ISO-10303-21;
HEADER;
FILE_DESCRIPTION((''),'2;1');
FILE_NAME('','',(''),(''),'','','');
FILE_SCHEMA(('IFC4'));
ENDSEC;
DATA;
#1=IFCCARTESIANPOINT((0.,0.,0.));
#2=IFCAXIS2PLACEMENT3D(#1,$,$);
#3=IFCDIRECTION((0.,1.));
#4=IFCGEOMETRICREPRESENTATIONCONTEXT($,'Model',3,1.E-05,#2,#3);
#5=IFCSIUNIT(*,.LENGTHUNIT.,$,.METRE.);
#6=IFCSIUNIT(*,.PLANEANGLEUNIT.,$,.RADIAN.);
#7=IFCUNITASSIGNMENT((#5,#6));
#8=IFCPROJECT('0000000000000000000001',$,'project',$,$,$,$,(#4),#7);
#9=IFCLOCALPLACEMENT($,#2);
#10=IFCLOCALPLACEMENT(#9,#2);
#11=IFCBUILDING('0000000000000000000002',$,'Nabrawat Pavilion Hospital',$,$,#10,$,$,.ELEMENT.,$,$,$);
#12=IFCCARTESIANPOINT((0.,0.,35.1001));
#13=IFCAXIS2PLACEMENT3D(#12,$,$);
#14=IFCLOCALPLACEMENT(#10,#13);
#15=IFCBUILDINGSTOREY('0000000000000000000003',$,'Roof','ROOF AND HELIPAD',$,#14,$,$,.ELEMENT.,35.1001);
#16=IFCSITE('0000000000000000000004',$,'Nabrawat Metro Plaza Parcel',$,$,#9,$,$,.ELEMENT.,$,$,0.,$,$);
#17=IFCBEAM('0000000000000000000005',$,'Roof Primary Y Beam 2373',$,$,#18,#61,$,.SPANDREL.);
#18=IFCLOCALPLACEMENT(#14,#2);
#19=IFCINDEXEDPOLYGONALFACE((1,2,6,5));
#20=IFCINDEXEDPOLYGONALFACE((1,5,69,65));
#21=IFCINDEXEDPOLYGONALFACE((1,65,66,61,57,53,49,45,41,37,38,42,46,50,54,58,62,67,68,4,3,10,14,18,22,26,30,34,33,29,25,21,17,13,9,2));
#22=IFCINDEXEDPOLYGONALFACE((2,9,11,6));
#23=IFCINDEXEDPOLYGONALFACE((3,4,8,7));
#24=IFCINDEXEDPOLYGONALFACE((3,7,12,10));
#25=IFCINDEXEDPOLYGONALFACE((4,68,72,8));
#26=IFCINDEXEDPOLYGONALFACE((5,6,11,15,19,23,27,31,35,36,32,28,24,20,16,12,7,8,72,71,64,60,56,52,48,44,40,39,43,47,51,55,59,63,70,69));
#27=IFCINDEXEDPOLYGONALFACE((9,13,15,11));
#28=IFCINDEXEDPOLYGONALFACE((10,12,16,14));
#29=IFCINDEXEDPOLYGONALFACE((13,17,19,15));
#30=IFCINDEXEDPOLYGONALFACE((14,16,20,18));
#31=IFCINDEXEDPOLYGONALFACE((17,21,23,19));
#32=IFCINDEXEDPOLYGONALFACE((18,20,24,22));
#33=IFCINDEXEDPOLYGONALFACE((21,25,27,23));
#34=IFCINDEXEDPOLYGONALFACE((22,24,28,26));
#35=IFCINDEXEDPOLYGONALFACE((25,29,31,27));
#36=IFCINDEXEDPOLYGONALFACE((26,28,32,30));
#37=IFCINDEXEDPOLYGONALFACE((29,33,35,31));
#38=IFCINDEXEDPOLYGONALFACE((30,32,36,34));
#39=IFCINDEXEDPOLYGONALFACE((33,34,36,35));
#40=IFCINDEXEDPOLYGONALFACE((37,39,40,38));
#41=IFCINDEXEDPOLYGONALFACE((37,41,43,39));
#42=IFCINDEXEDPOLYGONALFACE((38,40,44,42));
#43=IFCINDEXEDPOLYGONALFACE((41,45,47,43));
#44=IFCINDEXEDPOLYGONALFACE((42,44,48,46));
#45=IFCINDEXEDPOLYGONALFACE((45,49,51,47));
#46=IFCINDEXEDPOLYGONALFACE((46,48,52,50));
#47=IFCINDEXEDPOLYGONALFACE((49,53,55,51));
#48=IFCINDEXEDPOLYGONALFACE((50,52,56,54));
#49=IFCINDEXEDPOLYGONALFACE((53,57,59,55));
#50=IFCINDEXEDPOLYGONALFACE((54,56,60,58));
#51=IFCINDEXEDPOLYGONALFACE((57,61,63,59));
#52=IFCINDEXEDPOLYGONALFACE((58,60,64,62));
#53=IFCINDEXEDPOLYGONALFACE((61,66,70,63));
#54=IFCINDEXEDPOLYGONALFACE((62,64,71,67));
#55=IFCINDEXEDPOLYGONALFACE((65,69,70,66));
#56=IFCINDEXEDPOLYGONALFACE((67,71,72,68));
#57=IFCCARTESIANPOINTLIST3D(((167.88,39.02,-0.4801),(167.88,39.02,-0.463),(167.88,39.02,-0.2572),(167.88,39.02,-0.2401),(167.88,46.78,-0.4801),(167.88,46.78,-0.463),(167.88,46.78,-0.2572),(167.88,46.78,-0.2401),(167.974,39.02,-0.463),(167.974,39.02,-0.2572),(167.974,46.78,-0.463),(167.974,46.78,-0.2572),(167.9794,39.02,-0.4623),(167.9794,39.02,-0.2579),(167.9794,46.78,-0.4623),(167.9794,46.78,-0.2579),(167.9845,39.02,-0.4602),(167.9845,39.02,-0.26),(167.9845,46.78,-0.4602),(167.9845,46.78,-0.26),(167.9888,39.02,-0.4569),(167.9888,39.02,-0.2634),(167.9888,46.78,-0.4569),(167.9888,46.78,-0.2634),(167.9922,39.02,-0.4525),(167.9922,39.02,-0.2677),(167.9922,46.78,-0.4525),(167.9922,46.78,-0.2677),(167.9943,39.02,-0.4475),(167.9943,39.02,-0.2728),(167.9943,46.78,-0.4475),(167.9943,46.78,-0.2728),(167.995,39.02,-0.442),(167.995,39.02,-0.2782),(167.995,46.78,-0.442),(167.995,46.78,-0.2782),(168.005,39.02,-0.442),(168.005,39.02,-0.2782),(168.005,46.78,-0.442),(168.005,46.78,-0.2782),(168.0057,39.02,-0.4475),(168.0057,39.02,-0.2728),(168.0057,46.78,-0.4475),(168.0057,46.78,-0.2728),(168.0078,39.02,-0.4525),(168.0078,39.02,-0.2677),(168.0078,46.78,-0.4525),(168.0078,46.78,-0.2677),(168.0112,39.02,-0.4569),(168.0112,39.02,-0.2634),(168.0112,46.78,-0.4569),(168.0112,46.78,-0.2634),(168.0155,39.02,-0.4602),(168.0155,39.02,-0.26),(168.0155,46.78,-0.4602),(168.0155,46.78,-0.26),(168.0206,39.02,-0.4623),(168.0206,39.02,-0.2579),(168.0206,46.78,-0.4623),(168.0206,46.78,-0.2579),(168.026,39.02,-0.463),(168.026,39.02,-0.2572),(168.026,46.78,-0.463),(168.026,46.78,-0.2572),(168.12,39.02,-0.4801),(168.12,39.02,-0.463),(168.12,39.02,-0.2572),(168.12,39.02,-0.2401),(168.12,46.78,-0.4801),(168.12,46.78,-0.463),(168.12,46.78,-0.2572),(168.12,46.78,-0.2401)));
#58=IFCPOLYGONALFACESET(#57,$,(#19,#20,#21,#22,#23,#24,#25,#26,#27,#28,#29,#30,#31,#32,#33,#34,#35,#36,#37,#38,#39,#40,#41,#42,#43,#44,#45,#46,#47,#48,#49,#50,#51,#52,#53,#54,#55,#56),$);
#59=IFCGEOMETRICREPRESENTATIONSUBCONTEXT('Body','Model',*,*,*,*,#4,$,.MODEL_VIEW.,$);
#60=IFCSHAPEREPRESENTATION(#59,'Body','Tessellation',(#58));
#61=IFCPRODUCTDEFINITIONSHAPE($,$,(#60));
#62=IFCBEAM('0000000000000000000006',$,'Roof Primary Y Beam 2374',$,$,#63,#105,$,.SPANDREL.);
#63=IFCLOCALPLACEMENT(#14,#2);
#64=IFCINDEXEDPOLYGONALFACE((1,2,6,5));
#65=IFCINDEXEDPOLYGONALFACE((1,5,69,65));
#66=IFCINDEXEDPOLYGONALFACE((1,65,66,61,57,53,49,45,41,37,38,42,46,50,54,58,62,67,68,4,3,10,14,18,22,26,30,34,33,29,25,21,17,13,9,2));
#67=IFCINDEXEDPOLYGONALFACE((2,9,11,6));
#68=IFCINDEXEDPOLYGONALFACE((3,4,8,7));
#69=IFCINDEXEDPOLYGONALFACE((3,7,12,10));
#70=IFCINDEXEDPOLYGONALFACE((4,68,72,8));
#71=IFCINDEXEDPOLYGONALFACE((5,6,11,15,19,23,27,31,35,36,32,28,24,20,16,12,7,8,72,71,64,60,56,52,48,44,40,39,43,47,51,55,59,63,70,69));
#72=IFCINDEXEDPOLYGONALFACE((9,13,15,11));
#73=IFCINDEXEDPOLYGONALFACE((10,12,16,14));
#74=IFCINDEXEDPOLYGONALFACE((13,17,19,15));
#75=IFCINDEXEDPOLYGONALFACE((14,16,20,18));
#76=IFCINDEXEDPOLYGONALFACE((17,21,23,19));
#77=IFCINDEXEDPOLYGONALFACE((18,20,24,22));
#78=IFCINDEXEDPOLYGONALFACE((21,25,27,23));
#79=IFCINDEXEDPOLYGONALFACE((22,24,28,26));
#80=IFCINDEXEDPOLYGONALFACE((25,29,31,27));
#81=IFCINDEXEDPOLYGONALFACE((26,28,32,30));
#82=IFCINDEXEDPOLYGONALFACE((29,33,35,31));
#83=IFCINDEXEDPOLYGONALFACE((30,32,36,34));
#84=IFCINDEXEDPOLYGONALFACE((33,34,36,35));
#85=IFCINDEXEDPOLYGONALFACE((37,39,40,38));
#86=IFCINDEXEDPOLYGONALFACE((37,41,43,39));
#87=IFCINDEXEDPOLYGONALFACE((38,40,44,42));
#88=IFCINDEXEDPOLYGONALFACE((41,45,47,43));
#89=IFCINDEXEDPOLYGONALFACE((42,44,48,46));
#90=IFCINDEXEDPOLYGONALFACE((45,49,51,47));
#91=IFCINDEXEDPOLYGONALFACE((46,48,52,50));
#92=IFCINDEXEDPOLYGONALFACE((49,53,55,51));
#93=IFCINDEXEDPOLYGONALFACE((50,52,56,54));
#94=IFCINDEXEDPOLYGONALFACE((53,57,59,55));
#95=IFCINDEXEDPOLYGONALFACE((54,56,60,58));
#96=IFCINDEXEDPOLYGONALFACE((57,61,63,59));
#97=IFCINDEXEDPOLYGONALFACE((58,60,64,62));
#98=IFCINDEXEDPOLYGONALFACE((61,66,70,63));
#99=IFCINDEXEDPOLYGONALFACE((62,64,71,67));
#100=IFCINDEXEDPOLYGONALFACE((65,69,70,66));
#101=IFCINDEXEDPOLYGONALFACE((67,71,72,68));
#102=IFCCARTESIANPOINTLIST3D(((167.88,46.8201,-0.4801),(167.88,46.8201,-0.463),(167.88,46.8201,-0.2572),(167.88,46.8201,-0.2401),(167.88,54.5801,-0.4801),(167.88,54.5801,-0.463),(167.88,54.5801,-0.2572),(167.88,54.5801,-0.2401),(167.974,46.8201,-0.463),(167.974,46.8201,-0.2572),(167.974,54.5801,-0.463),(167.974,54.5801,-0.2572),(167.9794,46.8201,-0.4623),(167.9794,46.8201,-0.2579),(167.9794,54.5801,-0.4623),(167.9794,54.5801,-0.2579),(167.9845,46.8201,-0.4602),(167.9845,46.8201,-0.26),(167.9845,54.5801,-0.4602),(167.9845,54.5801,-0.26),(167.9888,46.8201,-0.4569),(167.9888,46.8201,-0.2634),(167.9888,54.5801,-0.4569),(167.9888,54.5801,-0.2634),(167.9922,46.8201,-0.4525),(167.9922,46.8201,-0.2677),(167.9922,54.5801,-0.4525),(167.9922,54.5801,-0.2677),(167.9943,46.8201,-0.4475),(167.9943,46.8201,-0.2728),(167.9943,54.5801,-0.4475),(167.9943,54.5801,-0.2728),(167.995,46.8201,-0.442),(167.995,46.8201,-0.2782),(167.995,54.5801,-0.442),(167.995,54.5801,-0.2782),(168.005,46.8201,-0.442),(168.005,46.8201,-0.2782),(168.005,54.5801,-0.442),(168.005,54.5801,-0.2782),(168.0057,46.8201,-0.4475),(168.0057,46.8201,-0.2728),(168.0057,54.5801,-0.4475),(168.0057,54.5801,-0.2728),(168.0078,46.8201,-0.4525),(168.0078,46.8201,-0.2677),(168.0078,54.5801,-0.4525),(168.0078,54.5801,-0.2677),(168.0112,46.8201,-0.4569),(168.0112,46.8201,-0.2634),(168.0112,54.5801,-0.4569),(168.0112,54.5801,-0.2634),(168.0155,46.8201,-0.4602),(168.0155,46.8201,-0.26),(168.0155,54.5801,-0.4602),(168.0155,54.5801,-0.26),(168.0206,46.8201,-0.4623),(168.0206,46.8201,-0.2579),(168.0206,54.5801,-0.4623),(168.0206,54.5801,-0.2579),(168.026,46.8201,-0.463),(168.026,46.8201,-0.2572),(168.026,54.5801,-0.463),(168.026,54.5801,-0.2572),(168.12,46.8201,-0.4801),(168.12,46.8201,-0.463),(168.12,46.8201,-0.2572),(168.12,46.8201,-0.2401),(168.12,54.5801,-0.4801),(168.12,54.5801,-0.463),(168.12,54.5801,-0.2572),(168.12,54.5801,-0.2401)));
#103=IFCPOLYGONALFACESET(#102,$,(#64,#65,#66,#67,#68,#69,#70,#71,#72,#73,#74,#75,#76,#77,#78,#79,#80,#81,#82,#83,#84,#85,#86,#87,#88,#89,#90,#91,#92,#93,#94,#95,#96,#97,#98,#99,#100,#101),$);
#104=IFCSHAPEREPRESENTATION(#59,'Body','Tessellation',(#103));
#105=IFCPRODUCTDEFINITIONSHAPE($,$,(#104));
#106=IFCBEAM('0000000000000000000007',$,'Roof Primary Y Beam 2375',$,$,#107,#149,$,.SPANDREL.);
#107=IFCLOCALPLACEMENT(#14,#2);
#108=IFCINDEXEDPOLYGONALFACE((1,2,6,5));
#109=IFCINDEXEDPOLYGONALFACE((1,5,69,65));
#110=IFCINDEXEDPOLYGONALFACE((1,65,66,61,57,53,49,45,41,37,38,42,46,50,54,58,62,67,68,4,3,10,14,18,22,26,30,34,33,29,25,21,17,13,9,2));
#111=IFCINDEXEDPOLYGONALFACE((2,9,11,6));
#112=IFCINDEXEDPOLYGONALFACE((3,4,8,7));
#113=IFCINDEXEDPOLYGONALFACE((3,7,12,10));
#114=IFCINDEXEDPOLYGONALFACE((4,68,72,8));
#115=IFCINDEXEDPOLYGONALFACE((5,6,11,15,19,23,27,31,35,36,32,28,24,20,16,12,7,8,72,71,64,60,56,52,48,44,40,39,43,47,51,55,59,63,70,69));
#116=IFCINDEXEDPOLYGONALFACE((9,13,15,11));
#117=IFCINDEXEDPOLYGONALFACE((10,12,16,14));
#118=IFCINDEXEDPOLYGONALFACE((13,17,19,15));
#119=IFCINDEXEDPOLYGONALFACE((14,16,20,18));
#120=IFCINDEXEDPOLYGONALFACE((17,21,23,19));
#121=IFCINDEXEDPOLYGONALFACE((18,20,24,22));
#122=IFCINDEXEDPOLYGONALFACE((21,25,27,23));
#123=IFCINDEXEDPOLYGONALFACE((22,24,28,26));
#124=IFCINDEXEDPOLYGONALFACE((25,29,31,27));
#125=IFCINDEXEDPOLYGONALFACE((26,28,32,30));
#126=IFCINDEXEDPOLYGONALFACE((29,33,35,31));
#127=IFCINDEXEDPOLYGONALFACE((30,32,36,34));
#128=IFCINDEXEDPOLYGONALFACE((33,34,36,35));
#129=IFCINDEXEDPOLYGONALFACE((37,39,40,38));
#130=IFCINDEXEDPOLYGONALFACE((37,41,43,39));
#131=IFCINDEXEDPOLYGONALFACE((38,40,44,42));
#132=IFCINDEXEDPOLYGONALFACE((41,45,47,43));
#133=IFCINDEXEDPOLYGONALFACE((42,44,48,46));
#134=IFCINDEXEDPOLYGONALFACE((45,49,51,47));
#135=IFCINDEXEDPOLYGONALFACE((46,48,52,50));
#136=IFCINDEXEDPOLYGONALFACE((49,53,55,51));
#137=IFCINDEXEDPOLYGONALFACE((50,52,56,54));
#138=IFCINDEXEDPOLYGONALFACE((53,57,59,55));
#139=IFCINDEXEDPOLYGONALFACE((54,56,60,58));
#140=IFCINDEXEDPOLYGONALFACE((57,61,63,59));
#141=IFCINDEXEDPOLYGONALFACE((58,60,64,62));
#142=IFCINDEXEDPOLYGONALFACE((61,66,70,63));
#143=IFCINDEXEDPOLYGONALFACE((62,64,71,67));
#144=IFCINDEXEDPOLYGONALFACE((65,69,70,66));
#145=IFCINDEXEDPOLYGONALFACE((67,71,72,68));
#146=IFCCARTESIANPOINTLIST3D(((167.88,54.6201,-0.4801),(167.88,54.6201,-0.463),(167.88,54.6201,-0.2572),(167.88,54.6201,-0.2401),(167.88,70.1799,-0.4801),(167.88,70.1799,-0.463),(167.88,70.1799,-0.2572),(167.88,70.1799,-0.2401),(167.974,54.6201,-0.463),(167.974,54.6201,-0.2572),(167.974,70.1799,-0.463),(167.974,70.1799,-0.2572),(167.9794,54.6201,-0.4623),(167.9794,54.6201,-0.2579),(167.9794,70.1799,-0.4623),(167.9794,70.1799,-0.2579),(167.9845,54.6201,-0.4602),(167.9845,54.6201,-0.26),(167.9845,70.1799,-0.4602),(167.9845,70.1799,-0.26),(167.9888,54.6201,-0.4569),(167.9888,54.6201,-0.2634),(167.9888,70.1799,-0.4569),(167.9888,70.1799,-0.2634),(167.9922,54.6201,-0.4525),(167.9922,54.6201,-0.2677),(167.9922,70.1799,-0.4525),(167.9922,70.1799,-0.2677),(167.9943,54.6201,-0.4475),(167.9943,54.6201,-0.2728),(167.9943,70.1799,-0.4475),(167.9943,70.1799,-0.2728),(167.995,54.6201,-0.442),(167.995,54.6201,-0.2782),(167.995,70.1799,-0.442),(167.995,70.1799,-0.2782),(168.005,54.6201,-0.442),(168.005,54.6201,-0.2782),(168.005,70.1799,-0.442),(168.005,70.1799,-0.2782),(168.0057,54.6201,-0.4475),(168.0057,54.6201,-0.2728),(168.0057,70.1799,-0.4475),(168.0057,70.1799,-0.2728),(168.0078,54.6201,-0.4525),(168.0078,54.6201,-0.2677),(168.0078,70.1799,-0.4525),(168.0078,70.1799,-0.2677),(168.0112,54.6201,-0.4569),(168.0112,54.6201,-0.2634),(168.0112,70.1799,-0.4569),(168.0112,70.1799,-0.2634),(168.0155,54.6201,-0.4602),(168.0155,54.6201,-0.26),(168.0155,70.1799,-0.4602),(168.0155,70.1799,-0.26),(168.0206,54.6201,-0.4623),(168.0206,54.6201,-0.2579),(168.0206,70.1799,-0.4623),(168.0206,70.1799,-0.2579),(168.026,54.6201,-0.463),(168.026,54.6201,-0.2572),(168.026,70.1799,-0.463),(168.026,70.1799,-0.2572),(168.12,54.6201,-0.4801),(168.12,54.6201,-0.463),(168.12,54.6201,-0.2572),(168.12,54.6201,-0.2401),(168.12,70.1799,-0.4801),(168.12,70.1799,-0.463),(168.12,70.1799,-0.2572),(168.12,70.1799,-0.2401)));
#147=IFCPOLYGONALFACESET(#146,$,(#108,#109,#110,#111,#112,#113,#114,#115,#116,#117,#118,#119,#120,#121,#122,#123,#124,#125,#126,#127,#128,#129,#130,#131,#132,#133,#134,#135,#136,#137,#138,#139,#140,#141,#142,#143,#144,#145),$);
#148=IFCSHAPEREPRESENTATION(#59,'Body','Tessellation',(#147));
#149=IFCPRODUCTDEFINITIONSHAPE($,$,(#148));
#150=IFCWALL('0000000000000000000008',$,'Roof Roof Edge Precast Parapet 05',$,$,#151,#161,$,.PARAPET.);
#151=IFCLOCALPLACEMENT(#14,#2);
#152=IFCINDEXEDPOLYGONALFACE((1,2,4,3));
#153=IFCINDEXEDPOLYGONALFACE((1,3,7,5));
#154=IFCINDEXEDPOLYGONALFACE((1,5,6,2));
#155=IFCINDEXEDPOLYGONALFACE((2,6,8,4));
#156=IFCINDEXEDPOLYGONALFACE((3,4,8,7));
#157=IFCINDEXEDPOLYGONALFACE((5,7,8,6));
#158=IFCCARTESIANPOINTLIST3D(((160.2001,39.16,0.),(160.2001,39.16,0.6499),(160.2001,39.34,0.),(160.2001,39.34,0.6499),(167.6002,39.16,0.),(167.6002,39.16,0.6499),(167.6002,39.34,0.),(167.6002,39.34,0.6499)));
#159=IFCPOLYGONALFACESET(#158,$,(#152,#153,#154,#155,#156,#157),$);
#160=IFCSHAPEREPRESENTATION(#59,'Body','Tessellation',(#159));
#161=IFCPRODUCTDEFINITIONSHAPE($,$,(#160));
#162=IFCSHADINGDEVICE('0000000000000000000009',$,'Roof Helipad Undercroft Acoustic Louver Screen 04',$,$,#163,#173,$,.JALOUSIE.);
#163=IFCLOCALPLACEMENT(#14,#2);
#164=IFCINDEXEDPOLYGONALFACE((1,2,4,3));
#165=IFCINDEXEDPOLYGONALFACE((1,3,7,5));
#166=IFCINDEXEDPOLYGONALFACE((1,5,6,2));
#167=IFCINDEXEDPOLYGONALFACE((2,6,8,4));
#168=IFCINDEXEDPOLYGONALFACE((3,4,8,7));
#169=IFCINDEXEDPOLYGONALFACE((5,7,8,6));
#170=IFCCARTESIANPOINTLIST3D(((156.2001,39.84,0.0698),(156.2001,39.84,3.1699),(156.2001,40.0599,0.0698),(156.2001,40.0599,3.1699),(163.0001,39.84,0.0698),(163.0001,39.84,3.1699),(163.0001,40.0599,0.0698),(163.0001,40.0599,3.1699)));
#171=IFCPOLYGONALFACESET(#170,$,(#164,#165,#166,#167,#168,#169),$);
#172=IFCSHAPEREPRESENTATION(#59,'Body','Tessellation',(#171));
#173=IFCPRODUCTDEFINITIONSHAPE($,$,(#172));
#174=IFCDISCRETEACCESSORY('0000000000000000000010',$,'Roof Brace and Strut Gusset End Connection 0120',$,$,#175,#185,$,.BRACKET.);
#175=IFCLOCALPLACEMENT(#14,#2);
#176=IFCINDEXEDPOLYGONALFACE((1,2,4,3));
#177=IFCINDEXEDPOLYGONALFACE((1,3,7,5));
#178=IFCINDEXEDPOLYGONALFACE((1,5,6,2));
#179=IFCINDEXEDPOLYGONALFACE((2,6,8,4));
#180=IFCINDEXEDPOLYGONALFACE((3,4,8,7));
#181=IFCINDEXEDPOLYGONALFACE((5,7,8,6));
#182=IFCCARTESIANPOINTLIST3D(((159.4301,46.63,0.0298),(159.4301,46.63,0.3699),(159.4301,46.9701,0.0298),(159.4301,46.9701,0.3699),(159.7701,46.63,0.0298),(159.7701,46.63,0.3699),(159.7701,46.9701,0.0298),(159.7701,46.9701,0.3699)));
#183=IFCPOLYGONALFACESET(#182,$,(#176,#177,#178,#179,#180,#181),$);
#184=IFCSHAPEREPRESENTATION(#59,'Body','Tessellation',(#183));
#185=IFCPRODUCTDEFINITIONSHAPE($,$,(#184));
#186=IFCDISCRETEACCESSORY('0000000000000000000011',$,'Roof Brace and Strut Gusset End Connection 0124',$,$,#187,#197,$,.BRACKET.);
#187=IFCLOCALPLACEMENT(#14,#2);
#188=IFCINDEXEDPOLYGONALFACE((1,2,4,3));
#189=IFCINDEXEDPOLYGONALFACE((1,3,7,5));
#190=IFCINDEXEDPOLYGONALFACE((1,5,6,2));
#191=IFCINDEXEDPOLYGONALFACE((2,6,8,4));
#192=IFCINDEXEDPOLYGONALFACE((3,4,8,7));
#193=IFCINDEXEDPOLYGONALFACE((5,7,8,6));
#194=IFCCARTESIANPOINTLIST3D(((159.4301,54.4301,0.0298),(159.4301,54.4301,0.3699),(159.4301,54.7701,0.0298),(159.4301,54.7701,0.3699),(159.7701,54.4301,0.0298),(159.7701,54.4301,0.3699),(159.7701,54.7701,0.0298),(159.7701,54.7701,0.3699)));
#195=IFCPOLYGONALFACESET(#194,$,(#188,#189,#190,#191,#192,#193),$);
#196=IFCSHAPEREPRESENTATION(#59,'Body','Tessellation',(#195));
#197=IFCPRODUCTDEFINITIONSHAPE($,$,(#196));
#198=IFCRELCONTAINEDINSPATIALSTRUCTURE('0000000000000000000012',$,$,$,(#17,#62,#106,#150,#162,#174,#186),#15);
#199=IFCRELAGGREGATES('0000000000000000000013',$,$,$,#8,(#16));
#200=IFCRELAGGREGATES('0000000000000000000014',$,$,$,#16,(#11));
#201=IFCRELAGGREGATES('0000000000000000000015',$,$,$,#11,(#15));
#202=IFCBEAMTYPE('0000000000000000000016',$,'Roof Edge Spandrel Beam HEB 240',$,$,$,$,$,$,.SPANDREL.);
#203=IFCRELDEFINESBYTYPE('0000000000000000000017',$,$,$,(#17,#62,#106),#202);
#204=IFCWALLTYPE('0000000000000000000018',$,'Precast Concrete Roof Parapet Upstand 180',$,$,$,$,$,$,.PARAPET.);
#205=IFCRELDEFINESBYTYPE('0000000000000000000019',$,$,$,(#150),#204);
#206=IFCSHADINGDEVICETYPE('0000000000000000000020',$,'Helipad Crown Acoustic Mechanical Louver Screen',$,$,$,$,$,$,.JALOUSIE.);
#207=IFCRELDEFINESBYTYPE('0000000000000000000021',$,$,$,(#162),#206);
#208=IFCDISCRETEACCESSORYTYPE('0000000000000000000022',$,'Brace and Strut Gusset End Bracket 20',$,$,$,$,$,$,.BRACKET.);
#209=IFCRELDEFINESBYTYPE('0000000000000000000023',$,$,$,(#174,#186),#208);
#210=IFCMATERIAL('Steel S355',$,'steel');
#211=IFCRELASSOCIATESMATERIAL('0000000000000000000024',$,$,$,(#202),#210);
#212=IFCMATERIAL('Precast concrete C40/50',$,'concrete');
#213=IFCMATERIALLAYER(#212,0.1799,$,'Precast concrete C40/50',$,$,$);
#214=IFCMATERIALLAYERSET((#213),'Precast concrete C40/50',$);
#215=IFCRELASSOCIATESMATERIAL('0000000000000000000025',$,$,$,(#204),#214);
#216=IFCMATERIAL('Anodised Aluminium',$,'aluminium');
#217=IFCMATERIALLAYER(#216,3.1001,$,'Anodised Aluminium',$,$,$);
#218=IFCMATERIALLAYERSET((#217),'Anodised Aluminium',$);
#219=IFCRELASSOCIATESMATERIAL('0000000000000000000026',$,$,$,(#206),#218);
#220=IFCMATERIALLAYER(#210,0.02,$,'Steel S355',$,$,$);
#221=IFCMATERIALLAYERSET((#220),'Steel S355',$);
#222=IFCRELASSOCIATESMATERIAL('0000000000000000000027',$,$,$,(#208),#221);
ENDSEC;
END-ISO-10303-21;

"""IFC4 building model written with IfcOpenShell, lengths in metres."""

from ifc_helpers import new_model, si_unit, direction, frame, frame_2d, origin, origin_2d, place, context, subcontext, project, spatial, rectangle, i_section, extrude, material, layer, layer_set, material_profile, profile_set, type_object, element, save


model = new_model("IFC4")

# Units and contexts
model_context = context("Model", 3, precision=1e-05, world=origin(), true_north=direction((0.0, 1.0)))
body_context = subcontext(model_context, "Body", "Model", "MODEL_VIEW")
ifc_project = project(units=[si_unit("LENGTHUNIT", "METRE"), si_unit("PLANEANGLEUNIT", "RADIAN")], contexts=[model_context])

# Site, building, storey
site_placement = place(None, origin())
site = spatial("IfcSite", under=ifc_project, at=site_placement, Name="Nabrawat Metro Plaza Parcel", CompositionType="ELEMENT", RefElevation=0.0)
building_placement = place(site_placement, origin())
building = spatial("IfcBuilding", under=site, at=building_placement, Name="Nabrawat Pavilion Hospital", CompositionType="ELEMENT")
storey_placement = place(building_placement, frame((0.0, 0.0, 35.1001)))
storey = spatial("IfcBuildingStorey", under=building, at=storey_placement, Name="Roof", Description="ROOF AND HELIPAD", CompositionType="ELEMENT", Elevation=35.1001)

# Shared definitions
ifc_material_1 = material(Name="Steel S355", Category="steel")

# Beams
ifc_material_profile_1 = material_profile(ifc_material_1, i_section(OverallWidth=0.24, OverallDepth=0.24, WebThickness=0.01, FlangeThickness=0.0171, FilletRadius=0.021, at=origin_2d()), Name="HEB 240")
ifc_profile_set_1 = profile_set([ifc_material_profile_1], Name="Steel S355")
beam_type_1 = type_object("IfcBeamType", Name="Roof Edge Spandrel Beam HEB 240", PredefinedType="SPANDREL", material=ifc_profile_set_1)
for number, where, z_axis, x_axis, name in (
    (1, (168.0, 39.02, -0.3601), (0.0, 1.0, 0.0), (-1.0, 0.0, 0.0), "Roof Primary Y Beam 2373"),
    (2, (168.0, 46.8201, -0.3601), (0.0, 1.0, 0.0), (-1.0, 0.0, 0.0), "Roof Primary Y Beam 2374"),
):
    element("IfcBeam", number, at=place(storey_placement, frame(where, z_axis=z_axis, x_axis=x_axis)), inside=storey, type_object=beam_type_1, Name=name, PredefinedType="SPANDREL", context=body_context, shape_type="SweptSolid", body=[
        extrude(i_section(OverallWidth=0.24, OverallDepth=0.24, WebThickness=0.01, FlangeThickness=0.0171, FilletRadius=0.021, at=origin_2d()), origin(), (0.0, 0.0, 1.0), 7.76),
    ])
beam_1_placement = place(storey_placement, frame((168.0, 54.6201, -0.3601), z_axis=(0.0, 1.0, 0.0), x_axis=(-1.0, 0.0, 0.0)))
element("IfcBeam", 3, at=beam_1_placement, inside=storey, type_object=beam_type_1, Name="Roof Primary Y Beam 2375", PredefinedType="SPANDREL", context=body_context, shape_type="SweptSolid", body=[
    extrude(i_section(OverallWidth=0.24, OverallDepth=0.24, WebThickness=0.01, FlangeThickness=0.0171, FilletRadius=0.021, at=origin_2d()), origin(), (0.0, 0.0, 1.0), 15.5598),
])

# Wall
ifc_material_2 = material(Name="Precast concrete C40/50", Category="concrete")
ifc_layer_1 = layer(ifc_material_2, 0.1799, Name="Precast concrete C40/50")
ifc_layer_set_1 = layer_set([ifc_layer_1], Name="Precast concrete C40/50")
wall_type = type_object("IfcWallType", Name="Precast Concrete Roof Parapet Upstand 180", PredefinedType="PARAPET", material=ifc_layer_set_1)
wall_placement = place(storey_placement, frame((160.2, 39.25, 0.0), z_axis=(0.0, 0.0, 1.0), x_axis=(1.0, 0.0, 0.0)))
element("IfcWall", 4, at=wall_placement, inside=storey, type_object=wall_type, Name="Roof Roof Edge Precast Parapet 05", PredefinedType="PARAPET", context=body_context, shape_type="SweptSolid", body=[
    extrude(rectangle(XDim=7.4001, YDim=0.1799, at=frame_2d((3.7002, 0.0))), origin(), (0.0, 0.0, 1.0), 0.6499),
])

# Shading device
ifc_material_3 = material(Name="Anodised Aluminium", Category="aluminium")
ifc_layer_2 = layer(ifc_material_3, 3.1001, Name="Anodised Aluminium")
ifc_layer_set_2 = layer_set([ifc_layer_2], Name="Anodised Aluminium")
shading_device_type = type_object("IfcShadingDeviceType", Name="Helipad Crown Acoustic Mechanical Louver Screen", PredefinedType="JALOUSIE", material=ifc_layer_set_2)
shading_device_placement = place(storey_placement, frame((159.6001, 39.95, 0.0698), z_axis=(0.0, 0.0, 1.0), x_axis=(1.0, 0.0, 0.0)))
element("IfcShadingDevice", 5, at=shading_device_placement, inside=storey, type_object=shading_device_type, Name="Roof Helipad Undercroft Acoustic Louver Screen 04", PredefinedType="JALOUSIE", context=body_context, shape_type="SweptSolid", body=[
    extrude(rectangle(XDim=6.8, YDim=0.22, at=origin_2d()), origin(), (0.0, 0.0, 1.0), 3.1001),
])

# Discrete accessories
ifc_layer_3 = layer(ifc_material_1, 0.02, Name="Steel S355")
ifc_layer_set_3 = layer_set([ifc_layer_3], Name="Steel S355")
discrete_accessory_type_1 = type_object("IfcDiscreteAccessoryType", Name="Brace and Strut Gusset End Bracket 20", PredefinedType="BRACKET", material=ifc_layer_set_3)
for number, where, z_axis, x_axis, name in (
    (6, (159.6001, 46.8, 0.0298), (0.0, 0.0, 1.0), (1.0, 0.0, 0.0), "Roof Brace and Strut Gusset End Connection 0120"),
    (7, (159.6001, 54.6001, 0.0298), (0.0, 0.0, 1.0), (1.0, 0.0, 0.0), "Roof Brace and Strut Gusset End Connection 0124"),
):
    element("IfcDiscreteAccessory", number, at=place(storey_placement, frame(where, z_axis=z_axis, x_axis=x_axis)), inside=storey, type_object=discrete_accessory_type_1, Name=name, PredefinedType="BRACKET", context=body_context, shape_type="SweptSolid", body=[
        extrude(rectangle(XDim=0.3401, YDim=0.3401, at=origin_2d()), origin(), (0.0, 0.0, 1.0), 0.3401),
    ])

save(model, "model.ifc")
